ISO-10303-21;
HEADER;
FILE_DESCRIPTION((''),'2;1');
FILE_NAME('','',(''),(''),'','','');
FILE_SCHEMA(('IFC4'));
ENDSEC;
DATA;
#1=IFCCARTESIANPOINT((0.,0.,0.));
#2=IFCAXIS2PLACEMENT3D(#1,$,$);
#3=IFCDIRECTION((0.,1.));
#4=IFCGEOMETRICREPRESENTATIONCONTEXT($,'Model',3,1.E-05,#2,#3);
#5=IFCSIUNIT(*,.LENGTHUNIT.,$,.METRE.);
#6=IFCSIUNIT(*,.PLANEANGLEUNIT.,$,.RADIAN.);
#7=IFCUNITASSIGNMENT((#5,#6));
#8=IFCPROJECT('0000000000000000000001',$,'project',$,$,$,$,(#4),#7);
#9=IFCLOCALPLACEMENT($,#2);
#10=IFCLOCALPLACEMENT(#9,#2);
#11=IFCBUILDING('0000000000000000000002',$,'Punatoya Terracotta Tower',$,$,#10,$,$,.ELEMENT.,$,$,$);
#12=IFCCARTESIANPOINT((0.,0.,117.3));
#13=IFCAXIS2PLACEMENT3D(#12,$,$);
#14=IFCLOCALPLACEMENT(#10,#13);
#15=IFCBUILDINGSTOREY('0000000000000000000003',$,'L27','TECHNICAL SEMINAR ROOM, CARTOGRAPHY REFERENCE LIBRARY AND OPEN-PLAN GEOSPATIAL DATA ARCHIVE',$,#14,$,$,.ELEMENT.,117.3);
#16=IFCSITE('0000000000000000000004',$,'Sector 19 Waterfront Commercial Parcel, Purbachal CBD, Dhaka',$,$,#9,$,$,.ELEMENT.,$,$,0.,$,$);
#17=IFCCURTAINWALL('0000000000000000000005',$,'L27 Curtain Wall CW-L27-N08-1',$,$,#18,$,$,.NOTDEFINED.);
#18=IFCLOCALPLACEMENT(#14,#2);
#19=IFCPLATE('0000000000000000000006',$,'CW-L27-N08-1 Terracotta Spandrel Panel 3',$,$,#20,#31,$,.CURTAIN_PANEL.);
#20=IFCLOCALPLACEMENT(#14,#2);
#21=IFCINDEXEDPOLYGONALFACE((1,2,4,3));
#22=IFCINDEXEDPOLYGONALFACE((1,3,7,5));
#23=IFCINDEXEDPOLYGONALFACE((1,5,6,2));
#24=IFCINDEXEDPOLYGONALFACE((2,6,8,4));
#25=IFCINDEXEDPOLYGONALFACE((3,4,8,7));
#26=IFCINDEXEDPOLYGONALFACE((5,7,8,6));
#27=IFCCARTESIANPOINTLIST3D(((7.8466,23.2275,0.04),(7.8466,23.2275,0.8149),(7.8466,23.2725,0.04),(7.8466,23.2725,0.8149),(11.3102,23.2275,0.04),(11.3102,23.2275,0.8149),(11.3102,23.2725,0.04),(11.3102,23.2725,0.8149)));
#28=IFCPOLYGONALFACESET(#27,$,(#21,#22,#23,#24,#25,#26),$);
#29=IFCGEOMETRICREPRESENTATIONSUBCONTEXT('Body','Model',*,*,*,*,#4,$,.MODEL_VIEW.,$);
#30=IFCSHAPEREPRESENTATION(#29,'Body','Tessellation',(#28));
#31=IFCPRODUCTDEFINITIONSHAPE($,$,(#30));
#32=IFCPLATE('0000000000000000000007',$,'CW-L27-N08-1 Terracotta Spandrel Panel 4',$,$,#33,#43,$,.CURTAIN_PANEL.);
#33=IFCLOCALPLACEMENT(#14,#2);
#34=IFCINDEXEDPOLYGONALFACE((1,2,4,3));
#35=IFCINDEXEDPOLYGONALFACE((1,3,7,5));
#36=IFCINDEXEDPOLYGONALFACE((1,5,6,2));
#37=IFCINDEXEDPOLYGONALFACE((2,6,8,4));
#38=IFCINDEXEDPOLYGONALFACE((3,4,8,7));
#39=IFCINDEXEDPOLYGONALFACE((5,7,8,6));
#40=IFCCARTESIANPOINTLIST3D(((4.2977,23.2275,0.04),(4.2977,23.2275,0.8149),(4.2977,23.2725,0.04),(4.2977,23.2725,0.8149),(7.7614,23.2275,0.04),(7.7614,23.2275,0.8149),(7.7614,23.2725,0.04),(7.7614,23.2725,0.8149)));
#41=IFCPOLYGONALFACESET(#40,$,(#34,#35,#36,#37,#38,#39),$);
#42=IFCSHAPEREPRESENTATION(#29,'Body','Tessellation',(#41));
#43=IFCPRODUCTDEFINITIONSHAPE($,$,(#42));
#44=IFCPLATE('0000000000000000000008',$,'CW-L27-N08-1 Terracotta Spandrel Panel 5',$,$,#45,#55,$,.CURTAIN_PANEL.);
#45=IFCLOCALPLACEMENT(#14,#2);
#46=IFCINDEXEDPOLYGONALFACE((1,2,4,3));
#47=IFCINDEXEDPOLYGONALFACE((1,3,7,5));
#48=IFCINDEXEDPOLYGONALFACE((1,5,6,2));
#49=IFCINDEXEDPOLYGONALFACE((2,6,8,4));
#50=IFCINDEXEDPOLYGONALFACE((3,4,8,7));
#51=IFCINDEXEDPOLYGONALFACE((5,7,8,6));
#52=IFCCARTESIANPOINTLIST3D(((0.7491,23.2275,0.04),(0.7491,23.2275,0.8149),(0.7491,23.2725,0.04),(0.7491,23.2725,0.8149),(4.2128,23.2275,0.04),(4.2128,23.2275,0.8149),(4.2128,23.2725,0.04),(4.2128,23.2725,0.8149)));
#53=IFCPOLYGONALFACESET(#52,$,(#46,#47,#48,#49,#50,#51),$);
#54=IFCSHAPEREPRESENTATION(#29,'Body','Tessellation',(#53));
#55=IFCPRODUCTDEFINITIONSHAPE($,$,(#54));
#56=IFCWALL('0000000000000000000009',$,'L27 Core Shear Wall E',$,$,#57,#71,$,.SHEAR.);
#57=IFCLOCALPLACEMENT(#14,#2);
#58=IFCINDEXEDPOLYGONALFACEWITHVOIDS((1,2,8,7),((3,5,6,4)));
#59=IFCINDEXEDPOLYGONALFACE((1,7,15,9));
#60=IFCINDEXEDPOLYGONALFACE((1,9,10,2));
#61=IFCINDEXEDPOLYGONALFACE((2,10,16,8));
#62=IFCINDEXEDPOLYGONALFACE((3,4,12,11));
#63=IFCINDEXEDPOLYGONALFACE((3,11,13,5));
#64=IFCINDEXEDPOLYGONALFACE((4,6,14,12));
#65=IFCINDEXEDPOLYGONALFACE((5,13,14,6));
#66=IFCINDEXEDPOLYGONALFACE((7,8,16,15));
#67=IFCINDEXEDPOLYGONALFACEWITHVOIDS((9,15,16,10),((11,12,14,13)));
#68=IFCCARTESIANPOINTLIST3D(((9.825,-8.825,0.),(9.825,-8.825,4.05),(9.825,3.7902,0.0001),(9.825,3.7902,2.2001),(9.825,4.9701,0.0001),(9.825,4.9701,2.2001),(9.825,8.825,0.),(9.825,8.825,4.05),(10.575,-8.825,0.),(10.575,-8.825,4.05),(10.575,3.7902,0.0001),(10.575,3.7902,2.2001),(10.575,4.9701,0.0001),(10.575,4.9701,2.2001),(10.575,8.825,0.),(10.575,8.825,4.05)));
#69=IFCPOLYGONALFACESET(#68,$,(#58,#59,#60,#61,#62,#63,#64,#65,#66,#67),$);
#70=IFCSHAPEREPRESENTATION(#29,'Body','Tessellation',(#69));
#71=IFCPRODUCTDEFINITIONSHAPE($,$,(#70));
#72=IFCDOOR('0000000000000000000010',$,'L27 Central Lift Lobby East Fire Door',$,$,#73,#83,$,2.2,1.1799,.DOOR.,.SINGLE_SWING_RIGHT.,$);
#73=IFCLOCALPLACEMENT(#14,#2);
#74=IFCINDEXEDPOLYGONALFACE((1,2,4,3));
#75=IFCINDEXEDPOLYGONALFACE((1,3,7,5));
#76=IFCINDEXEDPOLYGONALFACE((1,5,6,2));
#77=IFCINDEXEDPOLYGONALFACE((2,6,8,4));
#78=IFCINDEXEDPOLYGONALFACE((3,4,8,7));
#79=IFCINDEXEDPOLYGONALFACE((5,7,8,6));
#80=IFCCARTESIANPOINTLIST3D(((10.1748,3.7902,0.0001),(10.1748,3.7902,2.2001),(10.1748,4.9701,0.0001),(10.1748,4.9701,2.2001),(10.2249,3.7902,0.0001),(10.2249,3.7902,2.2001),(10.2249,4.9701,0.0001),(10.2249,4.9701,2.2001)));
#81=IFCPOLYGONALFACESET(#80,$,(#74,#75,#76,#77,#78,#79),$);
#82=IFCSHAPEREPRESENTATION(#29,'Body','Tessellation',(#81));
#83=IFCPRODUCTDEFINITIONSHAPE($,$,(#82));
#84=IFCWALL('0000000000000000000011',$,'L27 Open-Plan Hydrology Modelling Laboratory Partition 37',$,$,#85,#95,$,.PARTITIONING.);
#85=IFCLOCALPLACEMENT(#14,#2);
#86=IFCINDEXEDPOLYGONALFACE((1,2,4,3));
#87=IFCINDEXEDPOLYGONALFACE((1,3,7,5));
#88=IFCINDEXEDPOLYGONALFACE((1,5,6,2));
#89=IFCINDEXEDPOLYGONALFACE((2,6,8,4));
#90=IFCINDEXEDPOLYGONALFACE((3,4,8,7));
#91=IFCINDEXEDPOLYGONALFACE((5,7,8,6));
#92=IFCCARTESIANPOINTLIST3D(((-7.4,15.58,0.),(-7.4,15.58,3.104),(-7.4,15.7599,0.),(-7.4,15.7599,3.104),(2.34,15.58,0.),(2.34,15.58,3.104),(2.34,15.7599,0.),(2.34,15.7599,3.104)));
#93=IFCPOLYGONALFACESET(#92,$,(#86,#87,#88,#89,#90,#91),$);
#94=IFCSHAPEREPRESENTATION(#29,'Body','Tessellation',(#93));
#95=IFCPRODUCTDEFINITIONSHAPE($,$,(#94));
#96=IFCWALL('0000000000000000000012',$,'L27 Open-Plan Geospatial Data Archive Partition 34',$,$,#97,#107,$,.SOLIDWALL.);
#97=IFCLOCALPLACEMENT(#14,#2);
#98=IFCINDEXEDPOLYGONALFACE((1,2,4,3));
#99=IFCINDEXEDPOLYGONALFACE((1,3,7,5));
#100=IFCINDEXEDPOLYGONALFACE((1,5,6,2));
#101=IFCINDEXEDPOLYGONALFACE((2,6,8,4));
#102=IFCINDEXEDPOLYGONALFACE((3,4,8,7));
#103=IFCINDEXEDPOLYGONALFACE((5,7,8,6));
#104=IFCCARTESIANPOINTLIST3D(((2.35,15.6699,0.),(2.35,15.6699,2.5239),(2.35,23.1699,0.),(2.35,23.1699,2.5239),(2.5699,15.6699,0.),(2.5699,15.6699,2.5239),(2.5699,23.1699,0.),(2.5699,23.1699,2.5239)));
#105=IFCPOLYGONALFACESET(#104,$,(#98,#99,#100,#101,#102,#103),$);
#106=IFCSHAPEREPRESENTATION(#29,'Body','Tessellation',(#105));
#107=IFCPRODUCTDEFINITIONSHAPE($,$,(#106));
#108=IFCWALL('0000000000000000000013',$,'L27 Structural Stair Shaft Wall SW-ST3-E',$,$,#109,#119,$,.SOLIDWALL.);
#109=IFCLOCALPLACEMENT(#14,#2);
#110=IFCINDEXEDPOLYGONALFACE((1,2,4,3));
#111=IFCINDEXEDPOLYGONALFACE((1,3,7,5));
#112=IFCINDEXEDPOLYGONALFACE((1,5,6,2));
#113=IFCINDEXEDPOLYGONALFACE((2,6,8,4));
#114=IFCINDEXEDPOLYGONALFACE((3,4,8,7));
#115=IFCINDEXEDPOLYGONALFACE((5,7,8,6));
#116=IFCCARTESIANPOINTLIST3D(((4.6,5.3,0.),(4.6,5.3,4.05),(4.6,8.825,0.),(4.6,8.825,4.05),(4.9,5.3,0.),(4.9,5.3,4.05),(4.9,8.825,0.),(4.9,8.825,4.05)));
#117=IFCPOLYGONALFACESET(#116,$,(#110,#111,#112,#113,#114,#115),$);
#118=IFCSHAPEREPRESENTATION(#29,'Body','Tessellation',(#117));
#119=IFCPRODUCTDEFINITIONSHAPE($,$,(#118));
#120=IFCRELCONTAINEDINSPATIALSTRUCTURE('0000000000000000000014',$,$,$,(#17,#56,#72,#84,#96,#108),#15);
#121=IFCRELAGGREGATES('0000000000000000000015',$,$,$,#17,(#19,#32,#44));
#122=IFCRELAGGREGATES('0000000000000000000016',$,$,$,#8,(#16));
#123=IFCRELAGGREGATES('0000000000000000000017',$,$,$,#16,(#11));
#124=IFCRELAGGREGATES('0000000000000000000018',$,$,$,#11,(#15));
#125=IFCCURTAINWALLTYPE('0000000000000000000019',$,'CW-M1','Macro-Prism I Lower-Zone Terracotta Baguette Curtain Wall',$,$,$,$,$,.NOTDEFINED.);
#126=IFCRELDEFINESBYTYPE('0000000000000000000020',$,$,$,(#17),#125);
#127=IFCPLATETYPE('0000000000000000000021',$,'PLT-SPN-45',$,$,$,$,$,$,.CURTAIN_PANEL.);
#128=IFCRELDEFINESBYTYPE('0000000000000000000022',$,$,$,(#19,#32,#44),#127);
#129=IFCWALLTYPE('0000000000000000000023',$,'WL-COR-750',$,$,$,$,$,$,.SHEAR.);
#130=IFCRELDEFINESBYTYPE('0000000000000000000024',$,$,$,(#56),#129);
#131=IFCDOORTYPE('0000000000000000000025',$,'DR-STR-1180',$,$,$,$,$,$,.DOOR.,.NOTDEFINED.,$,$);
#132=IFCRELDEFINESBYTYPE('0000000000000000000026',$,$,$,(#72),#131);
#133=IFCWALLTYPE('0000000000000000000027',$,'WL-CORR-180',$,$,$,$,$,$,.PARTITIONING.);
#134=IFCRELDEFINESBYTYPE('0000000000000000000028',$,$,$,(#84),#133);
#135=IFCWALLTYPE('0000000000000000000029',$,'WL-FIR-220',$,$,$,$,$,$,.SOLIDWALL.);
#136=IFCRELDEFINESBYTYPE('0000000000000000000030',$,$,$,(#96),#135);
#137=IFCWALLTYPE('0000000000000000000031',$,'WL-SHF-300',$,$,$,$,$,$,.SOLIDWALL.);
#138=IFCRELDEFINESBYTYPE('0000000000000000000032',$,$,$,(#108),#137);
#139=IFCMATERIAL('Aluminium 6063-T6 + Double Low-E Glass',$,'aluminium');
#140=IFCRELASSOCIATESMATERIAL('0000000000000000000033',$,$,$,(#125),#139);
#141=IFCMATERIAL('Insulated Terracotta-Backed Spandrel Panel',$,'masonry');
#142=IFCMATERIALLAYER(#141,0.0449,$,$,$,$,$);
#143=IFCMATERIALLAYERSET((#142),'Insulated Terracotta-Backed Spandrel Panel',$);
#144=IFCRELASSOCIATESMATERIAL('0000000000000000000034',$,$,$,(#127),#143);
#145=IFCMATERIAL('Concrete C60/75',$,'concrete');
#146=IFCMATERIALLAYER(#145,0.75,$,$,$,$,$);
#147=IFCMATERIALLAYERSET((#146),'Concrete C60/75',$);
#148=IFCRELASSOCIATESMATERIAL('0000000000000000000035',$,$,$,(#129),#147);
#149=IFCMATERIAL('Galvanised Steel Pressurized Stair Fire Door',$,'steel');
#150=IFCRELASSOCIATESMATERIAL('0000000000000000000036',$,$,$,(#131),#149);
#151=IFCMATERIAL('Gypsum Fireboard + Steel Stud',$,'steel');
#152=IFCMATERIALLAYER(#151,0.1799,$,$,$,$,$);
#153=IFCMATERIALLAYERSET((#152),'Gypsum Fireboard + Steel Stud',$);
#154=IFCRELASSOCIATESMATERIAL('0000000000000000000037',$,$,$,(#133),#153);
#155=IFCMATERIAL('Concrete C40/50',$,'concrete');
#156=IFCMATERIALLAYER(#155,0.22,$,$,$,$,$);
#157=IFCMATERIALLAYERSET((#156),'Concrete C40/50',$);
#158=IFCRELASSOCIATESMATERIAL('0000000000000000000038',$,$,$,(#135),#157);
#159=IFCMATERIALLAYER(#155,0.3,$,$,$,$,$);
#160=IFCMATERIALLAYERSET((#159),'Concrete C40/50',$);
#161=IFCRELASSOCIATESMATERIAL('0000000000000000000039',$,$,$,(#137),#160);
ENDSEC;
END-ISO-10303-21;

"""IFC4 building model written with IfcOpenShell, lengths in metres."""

from ifc_helpers import new_model, si_unit, direction, frame, frame_2d, origin, origin_2d, place, context, subcontext, project, spatial, rectangle, extrude, material, layer, layer_set, type_object, element, fill, aggregate, save


model = new_model("IFC4")

# Units and contexts
model_context = context("Model", 3, precision=1e-05, world=origin(), true_north=direction((0.0, 1.0)))
body_context = subcontext(model_context, "Body", "Model", "MODEL_VIEW")
ifc_project = project(units=[si_unit("LENGTHUNIT", "METRE"), si_unit("PLANEANGLEUNIT", "RADIAN")], contexts=[model_context])

# Site, building, storey
site_placement = place(None, origin())
site = spatial("IfcSite", under=ifc_project, at=site_placement, Name="Sector 19 Waterfront Commercial Parcel, Purbachal CBD, Dhaka", CompositionType="ELEMENT", RefElevation=0.0)
building_placement = place(site_placement, origin())
building = spatial("IfcBuilding", under=site, at=building_placement, Name="Punatoya Terracotta Tower", CompositionType="ELEMENT")
storey_placement = place(building_placement, frame((0.0, 0.0, 117.3)))
storey = spatial("IfcBuildingStorey", under=building, at=storey_placement, Name="L27", Description="TECHNICAL SEMINAR ROOM, CARTOGRAPHY REFERENCE LIBRARY AND OPEN-PLAN GEOSPATIAL DATA ARCHIVE", CompositionType="ELEMENT", Elevation=117.3)

# Curtain wall, plates
ifc_material_1 = material(Name="Aluminium 6063-T6 + Double Low-E Glass", Category="aluminium")
curtain_wall_type = type_object("IfcCurtainWallType", Name="CW-M1", Description="Macro-Prism I Lower-Zone Terracotta Baguette Curtain Wall", PredefinedType="NOTDEFINED", material=ifc_material_1)
curtain_wall_placement = place(storey_placement, origin())
curtain_wall = element("IfcCurtainWall", 1, at=curtain_wall_placement, inside=storey, type_object=curtain_wall_type, Name="L27 Curtain Wall CW-L27-N08-1", PredefinedType="NOTDEFINED")
ifc_material_2 = material(Name="Insulated Terracotta-Backed Spandrel Panel", Category="masonry")
ifc_layer_1 = layer(ifc_material_2, 0.0449)
ifc_layer_set_1 = layer_set([ifc_layer_1], Name="Insulated Terracotta-Backed Spandrel Panel")
plate_type_1 = type_object("IfcPlateType", Name="PLT-SPN-45", PredefinedType="CURTAIN_PANEL", material=ifc_layer_set_1)
plate_1_placement = place(storey_placement, frame((9.5784, 23.25, 0.04), z_axis=(0.0, 0.0, 1.0), x_axis=(-1.0, 0.0, 0.0)))
plate_1 = element("IfcPlate", 2, at=plate_1_placement, type_object=plate_type_1, Name="CW-L27-N08-1 Terracotta Spandrel Panel 3", PredefinedType="CURTAIN_PANEL", context=body_context, shape_type="SweptSolid", body=[
    extrude(rectangle(XDim=3.4636, YDim=0.0449, at=origin_2d()), origin(), (0.0, 0.0, 1.0), 0.7749),
])
plate_2_placement = place(storey_placement, frame((6.0295, 23.25, 0.04), z_axis=(0.0, 0.0, 1.0), x_axis=(-1.0, 0.0, 0.0)))
plate_2 = element("IfcPlate", 3, at=plate_2_placement, type_object=plate_type_1, Name="CW-L27-N08-1 Terracotta Spandrel Panel 4", PredefinedType="CURTAIN_PANEL", context=body_context, shape_type="SweptSolid", body=[
    extrude(rectangle(XDim=3.4636, YDim=0.0449, at=origin_2d()), origin(), (0.0, 0.0, 1.0), 0.7749),
])
plate_3_placement = place(storey_placement, frame((2.481, 23.25, 0.04), z_axis=(0.0, 0.0, 1.0), x_axis=(-1.0, 0.0, 0.0)))
plate_3 = element("IfcPlate", 4, at=plate_3_placement, type_object=plate_type_1, Name="CW-L27-N08-1 Terracotta Spandrel Panel 5", PredefinedType="CURTAIN_PANEL", context=body_context, shape_type="SweptSolid", body=[
    extrude(rectangle(XDim=3.4636, YDim=0.0449, at=origin_2d()), origin(), (0.0, 0.0, 1.0), 0.7749),
])
aggregate(curtain_wall, [plate_1, plate_2, plate_3])

# Wall, opening, door
ifc_material_3 = material(Name="Concrete C60/75", Category="concrete")
ifc_layer_2 = layer(ifc_material_3, 0.75)
ifc_layer_set_2 = layer_set([ifc_layer_2], Name="Concrete C60/75")
wall_type_1 = type_object("IfcWallType", Name="WL-COR-750", PredefinedType="SHEAR", material=ifc_layer_set_2)
wall_1_placement = place(storey_placement, frame((10.2, 8.825, 0.0), z_axis=(0.0, 0.0, 1.0), x_axis=(0.0, -1.0, 0.0)))
wall_1 = element("IfcWall", 5, at=wall_1_placement, inside=storey, type_object=wall_type_1, Name="L27 Core Shear Wall E", PredefinedType="SHEAR", context=body_context, shape_type="SweptSolid", body=[
    extrude(rectangle(XDim=17.6499, YDim=0.75, at=frame_2d((8.825, 0.0))), origin(), (0.0, 0.0, 1.0), 4.05),
])
opening_placement = place(wall_1_placement, frame((3.855, 0.0, 0.0)))
opening = element("IfcOpeningElement", 6, at=opening_placement, cuts=wall_1, PredefinedType="OPENING", context=body_context, shape_type="SweptSolid", body=[
    extrude(rectangle(XDim=1.1799, YDim=2.2, at=frame_2d((0.5898, 1.1001))), frame((0.0, 0.385, 0.0), z_axis=(0.0, -1.0, 0.0), x_axis=(1.0, 0.0, 0.0)), (0.0, 0.0, 1.0), 0.77),
])
ifc_material_4 = material(Name="Galvanised Steel Pressurized Stair Fire Door", Category="steel")
door_type = type_object("IfcDoorType", Name="DR-STR-1180", OperationType="NOTDEFINED", PredefinedType="DOOR", material=ifc_material_4)
door_placement = place(opening_placement, origin())
door = element("IfcDoor", 7, at=door_placement, inside=storey, type_object=door_type, Name="L27 Central Lift Lobby East Fire Door", OperationType="SINGLE_SWING_RIGHT", OverallHeight=2.2, OverallWidth=1.1799, PredefinedType="DOOR", context=body_context, shape_type="SweptSolid", body=[
    extrude(rectangle(XDim=1.1799, YDim=2.2, at=frame_2d((0.5898, 1.1001))), frame((0.0, 0.0249, 0.0), z_axis=(0.0, -1.0, 0.0), x_axis=(1.0, 0.0, 0.0)), (0.0, 0.0, 1.0), 0.05),
])
fill(opening, door)

# Walls
ifc_material_5 = material(Name="Gypsum Fireboard + Steel Stud", Category="steel")
ifc_layer_3 = layer(ifc_material_5, 0.1799)
ifc_layer_set_3 = layer_set([ifc_layer_3], Name="Gypsum Fireboard + Steel Stud")
wall_type_2 = type_object("IfcWallType", Name="WL-CORR-180", PredefinedType="PARTITIONING", material=ifc_layer_set_3)
wall_2_placement = place(storey_placement, frame((2.3401, 15.6699, 0.0), z_axis=(0.0, 0.0, 1.0), x_axis=(-1.0, 0.0, 0.0)))
element("IfcWall", 8, at=wall_2_placement, inside=storey, type_object=wall_type_2, Name="L27 Open-Plan Hydrology Modelling Laboratory Partition 37", PredefinedType="PARTITIONING", context=body_context, shape_type="SweptSolid", body=[
    extrude(rectangle(XDim=9.74, YDim=0.1799, at=frame_2d((4.8701, 0.0))), origin(), (0.0, 0.0, 1.0), 3.104),
])
ifc_material_6 = material(Name="Concrete C40/50", Category="concrete")
ifc_layer_4 = layer(ifc_material_6, 0.22)
ifc_layer_set_4 = layer_set([ifc_layer_4], Name="Concrete C40/50")
wall_type_3 = type_object("IfcWallType", Name="WL-FIR-220", PredefinedType="SOLIDWALL", material=ifc_layer_set_4)
wall_3_placement = place(storey_placement, frame((2.46, 15.6699, 0.0), z_axis=(0.0, 0.0, 1.0), x_axis=(0.0, 1.0, 0.0)))
element("IfcWall", 9, at=wall_3_placement, inside=storey, type_object=wall_type_3, Name="L27 Open-Plan Geospatial Data Archive Partition 34", PredefinedType="SOLIDWALL", context=body_context, shape_type="SweptSolid", body=[
    extrude(rectangle(XDim=7.5, YDim=0.22, at=frame_2d((3.75, 0.0))), origin(), (0.0, 0.0, 1.0), 2.5239),
])
ifc_layer_5 = layer(ifc_material_6, 0.3)
ifc_layer_set_5 = layer_set([ifc_layer_5], Name="Concrete C40/50")
wall_type_4 = type_object("IfcWallType", Name="WL-SHF-300", PredefinedType="SOLIDWALL", material=ifc_layer_set_5)
wall_4_placement = place(storey_placement, frame((4.75, 8.825, 0.0), z_axis=(0.0, 0.0, 1.0), x_axis=(0.0, -1.0, 0.0)))
element("IfcWall", 10, at=wall_4_placement, inside=storey, type_object=wall_type_4, Name="L27 Structural Stair Shaft Wall SW-ST3-E", PredefinedType="SOLIDWALL", context=body_context, shape_type="SweptSolid", body=[
    extrude(rectangle(XDim=3.5249, YDim=0.3, at=frame_2d((1.7625, 0.0))), origin(), (0.0, 0.0, 1.0), 4.05),
])

save(model, "model.ifc")
